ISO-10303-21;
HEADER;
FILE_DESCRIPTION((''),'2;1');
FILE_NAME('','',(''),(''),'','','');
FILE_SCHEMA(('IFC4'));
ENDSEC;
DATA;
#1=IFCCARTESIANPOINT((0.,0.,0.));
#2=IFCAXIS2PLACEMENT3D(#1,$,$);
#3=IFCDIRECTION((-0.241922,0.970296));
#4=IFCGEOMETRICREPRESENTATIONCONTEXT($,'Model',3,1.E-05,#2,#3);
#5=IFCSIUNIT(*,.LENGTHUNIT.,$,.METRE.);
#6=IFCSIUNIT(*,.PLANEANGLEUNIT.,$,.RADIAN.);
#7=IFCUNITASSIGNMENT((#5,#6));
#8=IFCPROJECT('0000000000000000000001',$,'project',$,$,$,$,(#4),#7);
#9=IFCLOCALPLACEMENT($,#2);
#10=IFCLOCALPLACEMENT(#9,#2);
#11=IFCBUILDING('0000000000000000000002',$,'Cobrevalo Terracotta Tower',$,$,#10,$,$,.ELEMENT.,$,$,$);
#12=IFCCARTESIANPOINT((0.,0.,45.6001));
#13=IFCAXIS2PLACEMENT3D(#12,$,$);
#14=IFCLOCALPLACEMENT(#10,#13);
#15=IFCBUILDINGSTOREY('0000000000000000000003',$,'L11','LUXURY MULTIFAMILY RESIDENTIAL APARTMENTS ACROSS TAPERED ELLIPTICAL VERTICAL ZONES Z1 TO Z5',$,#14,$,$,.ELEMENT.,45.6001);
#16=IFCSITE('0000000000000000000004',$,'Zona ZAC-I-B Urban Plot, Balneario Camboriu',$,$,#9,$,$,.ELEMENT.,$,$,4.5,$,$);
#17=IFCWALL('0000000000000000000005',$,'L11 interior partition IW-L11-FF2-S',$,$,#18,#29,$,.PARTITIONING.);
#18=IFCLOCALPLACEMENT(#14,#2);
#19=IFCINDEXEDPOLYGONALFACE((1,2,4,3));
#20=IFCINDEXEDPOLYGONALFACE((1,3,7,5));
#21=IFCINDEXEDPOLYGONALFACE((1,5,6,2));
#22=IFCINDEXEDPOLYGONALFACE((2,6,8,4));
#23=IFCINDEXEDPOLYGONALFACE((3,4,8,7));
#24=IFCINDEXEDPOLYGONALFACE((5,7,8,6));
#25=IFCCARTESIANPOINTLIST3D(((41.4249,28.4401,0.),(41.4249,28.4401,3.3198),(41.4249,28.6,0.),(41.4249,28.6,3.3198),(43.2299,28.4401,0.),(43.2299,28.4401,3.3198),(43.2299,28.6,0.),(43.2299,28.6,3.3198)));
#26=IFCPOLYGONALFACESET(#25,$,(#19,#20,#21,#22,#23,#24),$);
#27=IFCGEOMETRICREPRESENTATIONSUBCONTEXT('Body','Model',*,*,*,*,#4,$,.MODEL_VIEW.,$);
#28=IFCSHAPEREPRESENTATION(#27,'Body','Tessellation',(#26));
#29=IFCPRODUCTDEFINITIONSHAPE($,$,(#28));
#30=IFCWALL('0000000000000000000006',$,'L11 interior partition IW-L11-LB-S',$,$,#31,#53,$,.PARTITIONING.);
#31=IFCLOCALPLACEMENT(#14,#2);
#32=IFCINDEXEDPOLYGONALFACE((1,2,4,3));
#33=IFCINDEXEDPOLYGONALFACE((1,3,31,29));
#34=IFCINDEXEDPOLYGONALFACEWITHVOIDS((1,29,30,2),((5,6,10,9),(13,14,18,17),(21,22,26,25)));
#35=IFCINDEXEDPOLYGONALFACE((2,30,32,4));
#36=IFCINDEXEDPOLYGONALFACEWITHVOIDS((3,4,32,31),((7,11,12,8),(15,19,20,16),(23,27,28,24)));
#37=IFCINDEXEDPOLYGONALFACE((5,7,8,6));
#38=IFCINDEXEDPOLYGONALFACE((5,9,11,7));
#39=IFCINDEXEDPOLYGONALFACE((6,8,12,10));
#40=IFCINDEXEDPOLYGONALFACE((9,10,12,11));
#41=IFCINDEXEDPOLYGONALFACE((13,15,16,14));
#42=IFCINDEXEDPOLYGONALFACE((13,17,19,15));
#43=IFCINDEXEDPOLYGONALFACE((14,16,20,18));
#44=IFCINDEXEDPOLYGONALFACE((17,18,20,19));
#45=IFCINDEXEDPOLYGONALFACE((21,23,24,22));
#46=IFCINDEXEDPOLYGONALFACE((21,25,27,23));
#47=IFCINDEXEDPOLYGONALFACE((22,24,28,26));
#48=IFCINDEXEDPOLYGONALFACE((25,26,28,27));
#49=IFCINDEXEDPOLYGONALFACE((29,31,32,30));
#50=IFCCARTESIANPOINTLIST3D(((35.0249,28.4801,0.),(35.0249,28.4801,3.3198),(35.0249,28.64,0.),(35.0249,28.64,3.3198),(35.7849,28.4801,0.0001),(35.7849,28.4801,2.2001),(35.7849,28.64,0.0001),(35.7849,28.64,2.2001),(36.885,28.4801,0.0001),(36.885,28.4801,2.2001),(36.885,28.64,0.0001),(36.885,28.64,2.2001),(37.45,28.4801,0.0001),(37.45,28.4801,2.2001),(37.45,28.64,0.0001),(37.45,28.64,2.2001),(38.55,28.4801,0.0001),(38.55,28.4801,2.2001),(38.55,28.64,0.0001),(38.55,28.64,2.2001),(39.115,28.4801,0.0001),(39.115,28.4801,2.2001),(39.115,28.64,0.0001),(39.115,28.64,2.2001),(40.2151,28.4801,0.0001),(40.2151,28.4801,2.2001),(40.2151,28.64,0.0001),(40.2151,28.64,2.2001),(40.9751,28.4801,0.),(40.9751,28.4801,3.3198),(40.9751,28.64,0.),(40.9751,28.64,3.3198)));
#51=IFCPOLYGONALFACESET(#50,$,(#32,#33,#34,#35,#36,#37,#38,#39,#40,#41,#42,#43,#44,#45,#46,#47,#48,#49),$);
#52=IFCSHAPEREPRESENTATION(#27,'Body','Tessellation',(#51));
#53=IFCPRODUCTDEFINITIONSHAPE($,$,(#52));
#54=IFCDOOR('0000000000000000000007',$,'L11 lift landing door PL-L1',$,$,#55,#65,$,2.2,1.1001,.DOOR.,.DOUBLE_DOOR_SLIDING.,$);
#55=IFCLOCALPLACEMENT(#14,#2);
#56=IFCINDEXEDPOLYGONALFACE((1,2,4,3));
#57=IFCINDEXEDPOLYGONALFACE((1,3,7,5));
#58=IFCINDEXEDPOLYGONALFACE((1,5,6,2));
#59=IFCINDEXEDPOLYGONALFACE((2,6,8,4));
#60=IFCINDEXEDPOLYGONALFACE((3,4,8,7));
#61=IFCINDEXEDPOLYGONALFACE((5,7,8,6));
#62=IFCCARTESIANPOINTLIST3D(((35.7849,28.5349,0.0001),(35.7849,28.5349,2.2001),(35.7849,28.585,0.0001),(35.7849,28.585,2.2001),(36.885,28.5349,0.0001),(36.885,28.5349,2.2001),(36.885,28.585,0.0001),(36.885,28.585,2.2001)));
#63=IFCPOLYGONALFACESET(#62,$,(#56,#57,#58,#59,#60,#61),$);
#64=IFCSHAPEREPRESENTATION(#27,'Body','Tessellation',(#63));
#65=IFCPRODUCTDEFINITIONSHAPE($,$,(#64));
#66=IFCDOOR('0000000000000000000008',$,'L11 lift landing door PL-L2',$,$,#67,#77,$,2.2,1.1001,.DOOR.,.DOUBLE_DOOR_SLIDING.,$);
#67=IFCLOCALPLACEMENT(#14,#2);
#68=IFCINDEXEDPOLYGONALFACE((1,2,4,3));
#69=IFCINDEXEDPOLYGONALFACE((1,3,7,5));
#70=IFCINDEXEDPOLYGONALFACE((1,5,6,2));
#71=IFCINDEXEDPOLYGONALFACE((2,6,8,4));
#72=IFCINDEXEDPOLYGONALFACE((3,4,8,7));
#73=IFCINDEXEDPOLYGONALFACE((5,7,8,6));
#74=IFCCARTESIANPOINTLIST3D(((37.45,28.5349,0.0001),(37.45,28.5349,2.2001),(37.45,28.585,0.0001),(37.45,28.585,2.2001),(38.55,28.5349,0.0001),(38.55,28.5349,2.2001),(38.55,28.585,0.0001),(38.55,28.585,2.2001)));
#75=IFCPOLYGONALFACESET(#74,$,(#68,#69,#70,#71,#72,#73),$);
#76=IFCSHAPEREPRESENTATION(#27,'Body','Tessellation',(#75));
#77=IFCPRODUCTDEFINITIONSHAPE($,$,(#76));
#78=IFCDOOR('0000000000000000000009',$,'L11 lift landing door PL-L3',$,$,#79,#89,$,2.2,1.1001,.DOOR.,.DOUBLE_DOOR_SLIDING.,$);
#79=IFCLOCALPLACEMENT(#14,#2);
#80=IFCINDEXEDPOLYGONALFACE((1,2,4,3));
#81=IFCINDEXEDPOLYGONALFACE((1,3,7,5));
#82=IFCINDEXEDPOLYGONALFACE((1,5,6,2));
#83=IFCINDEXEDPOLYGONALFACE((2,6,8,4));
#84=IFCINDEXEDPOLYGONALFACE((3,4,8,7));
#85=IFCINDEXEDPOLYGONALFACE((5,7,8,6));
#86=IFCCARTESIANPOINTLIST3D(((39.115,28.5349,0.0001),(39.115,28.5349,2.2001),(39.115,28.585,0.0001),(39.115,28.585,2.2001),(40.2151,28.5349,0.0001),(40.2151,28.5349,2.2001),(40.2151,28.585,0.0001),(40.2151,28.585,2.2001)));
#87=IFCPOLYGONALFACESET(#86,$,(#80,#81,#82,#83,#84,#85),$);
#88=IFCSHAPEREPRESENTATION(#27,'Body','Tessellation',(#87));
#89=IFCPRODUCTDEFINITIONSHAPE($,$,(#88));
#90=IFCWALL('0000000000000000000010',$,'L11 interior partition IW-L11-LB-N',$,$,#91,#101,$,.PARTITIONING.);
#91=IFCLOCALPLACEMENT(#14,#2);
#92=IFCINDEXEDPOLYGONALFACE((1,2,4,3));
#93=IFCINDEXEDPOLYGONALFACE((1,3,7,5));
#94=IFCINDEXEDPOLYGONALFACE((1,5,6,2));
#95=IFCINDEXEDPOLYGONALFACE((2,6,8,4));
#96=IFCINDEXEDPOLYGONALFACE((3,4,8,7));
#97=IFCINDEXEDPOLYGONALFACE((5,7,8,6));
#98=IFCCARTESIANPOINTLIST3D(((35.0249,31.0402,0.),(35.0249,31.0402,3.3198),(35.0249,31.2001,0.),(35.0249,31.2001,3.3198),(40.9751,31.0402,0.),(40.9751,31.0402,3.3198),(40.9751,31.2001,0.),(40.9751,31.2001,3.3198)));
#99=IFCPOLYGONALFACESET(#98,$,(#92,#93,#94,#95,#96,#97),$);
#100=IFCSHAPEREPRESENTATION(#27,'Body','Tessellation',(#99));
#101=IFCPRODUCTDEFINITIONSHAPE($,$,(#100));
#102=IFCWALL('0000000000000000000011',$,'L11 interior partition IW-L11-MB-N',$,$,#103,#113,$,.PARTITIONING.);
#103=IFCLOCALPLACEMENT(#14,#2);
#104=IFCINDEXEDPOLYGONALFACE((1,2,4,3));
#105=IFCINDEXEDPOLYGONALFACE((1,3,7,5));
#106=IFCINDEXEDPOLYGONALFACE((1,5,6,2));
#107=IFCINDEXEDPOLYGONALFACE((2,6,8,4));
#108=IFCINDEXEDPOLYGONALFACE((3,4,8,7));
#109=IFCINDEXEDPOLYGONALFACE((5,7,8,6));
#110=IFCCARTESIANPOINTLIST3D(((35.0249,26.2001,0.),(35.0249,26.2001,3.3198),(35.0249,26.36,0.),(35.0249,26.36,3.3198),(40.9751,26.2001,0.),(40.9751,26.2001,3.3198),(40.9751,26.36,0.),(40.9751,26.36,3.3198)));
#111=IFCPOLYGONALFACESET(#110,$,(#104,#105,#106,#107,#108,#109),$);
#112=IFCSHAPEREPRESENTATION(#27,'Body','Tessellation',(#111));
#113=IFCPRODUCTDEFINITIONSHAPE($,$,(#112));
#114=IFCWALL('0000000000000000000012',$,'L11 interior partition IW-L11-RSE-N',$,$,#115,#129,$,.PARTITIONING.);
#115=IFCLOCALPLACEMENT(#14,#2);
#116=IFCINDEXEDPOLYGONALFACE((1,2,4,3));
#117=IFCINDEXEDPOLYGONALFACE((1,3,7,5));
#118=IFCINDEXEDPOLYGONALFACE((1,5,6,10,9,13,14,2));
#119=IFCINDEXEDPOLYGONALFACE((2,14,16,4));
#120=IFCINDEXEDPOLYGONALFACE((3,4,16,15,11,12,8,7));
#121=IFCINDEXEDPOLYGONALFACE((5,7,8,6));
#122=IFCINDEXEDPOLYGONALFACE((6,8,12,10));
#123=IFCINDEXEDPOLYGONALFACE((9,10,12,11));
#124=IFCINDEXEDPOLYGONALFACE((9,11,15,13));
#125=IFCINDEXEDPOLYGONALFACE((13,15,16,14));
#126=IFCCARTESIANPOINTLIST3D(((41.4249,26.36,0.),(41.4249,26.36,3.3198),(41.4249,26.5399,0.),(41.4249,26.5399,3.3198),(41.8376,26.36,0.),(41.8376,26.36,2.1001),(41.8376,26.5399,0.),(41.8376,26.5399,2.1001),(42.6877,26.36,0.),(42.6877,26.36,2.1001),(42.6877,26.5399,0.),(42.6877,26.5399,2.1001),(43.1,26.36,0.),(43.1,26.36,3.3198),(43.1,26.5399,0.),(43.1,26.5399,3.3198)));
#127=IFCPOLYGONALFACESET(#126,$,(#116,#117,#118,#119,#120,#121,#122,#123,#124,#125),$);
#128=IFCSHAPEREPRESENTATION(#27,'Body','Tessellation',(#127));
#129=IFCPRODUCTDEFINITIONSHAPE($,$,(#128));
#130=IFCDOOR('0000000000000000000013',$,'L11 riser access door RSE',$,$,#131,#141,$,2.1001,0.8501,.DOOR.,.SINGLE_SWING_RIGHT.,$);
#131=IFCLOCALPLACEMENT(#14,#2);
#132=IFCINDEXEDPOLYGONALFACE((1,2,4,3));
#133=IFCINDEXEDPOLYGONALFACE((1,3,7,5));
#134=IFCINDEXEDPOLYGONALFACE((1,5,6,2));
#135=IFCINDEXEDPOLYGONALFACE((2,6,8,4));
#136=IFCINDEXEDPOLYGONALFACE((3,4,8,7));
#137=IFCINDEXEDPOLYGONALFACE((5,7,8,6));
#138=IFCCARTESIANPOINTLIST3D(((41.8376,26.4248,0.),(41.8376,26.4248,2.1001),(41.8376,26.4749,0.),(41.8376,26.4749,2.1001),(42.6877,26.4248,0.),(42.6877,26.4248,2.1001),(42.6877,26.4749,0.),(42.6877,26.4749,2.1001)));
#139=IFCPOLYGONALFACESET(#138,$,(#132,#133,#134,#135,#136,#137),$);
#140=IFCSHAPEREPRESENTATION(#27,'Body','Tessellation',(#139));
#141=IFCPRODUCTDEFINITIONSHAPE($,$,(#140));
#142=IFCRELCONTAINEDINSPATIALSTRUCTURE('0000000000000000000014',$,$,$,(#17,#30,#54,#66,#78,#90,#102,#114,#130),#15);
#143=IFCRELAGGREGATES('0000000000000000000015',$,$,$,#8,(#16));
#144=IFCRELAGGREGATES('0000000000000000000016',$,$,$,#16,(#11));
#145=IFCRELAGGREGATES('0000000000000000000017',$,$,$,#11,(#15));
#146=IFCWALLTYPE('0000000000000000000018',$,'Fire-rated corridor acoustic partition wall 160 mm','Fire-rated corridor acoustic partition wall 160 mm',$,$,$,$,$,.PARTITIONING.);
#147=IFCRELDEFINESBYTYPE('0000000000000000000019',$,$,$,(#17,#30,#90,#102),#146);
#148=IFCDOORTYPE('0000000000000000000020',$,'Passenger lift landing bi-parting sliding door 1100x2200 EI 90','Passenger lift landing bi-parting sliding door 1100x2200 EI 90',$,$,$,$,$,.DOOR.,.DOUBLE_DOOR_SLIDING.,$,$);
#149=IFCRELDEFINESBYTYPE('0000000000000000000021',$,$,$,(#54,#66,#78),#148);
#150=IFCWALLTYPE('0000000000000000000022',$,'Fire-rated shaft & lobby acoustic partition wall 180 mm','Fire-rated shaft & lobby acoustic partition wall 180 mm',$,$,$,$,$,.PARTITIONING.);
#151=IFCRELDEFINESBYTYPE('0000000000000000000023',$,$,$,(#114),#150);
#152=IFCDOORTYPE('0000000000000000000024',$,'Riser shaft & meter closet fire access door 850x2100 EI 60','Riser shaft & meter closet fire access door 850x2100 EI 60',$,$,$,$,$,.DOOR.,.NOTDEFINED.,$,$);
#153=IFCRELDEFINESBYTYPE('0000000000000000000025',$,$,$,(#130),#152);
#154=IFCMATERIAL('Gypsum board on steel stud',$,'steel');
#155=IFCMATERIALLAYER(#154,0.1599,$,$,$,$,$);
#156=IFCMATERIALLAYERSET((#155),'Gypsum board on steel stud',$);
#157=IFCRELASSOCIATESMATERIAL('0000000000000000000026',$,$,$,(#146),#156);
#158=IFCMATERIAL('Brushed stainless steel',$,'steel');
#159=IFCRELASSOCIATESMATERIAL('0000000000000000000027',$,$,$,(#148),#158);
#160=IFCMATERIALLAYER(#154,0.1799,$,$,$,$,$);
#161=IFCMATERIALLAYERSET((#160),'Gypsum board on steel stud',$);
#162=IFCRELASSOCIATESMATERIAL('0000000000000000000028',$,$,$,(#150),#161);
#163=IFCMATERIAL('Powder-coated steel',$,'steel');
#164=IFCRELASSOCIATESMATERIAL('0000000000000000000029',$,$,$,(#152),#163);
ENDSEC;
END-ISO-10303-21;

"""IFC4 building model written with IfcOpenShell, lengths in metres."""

from ifc_helpers import new_model, si_unit, direction, frame, frame_2d, origin, place, context, subcontext, project, spatial, rectangle, extrude, source, transform, mapped, material, layer, layer_set, type_object, element, fill, save


model = new_model("IFC4")

# Units and contexts
model_context = context("Model", 3, precision=1e-05, world=origin(), true_north=direction((-0.241922, 0.970296)))
body_context = subcontext(model_context, "Body", "Model", "MODEL_VIEW")
ifc_project = project(units=[si_unit("LENGTHUNIT", "METRE"), si_unit("PLANEANGLEUNIT", "RADIAN")], contexts=[model_context])

# Site, building, storey
site_placement = place(None, origin())
site = spatial("IfcSite", under=ifc_project, at=site_placement, Name="Zona ZAC-I-B Urban Plot, Balneario Camboriu", CompositionType="ELEMENT", RefElevation=4.5)
building_placement = place(site_placement, origin())
building = spatial("IfcBuilding", under=site, at=building_placement, Name="Cobrevalo Terracotta Tower", CompositionType="ELEMENT")
storey_placement = place(building_placement, frame((0.0, 0.0, 45.6001)))
storey = spatial("IfcBuildingStorey", under=building, at=storey_placement, Name="L11", Description="LUXURY MULTIFAMILY RESIDENTIAL APARTMENTS ACROSS TAPERED ELLIPTICAL VERTICAL ZONES Z1 TO Z5", CompositionType="ELEMENT", Elevation=45.6001)

# Wall
ifc_material_1 = material(Name="Gypsum board on steel stud", Category="steel")
ifc_layer_1 = layer(ifc_material_1, 0.1599)
ifc_layer_set_1 = layer_set([ifc_layer_1], Name="Gypsum board on steel stud")
wall_type_1 = type_object("IfcWallType", Name="Fire-rated corridor acoustic partition wall 160 mm", Description="Fire-rated corridor acoustic partition wall 160 mm", PredefinedType="PARTITIONING", material=ifc_layer_set_1)
wall_1_placement = place(storey_placement, frame((41.425, 28.52, 0.0), z_axis=(0.0, 0.0, 1.0), x_axis=(1.0, 0.0, 0.0)))
element("IfcWall", 1, at=wall_1_placement, inside=storey, type_object=wall_type_1, Name="L11 interior partition IW-L11-FF2-S", PredefinedType="PARTITIONING", context=body_context, shape_type="SweptSolid", body=[
    extrude(rectangle(XDim=1.8049, YDim=0.1599, at=frame_2d((0.9023, 0.0))), origin(), (0.0, 0.0, 1.0), 3.3198),
])

# Wall, openings, doors
wall_2_placement = place(storey_placement, frame((35.0249, 28.5601, 0.0), z_axis=(0.0, 0.0, 1.0), x_axis=(1.0, 0.0, 0.0)))
wall_2 = element("IfcWall", 2, at=wall_2_placement, inside=storey, type_object=wall_type_1, Name="L11 interior partition IW-L11-LB-S", PredefinedType="PARTITIONING", context=body_context, shape_type="SweptSolid", body=[
    extrude(rectangle(XDim=5.9502, YDim=0.1599, at=frame_2d((2.9751, 0.0))), origin(), (0.0, 0.0, 1.0), 3.3198),
])
opening_1_placement = place(wall_2_placement, frame((0.76, 0.0, 0.0)))
opening_1 = element("IfcOpeningElement", 3, at=opening_1_placement, cuts=wall_2, PredefinedType="OPENING", context=body_context, shape_type="SweptSolid", body=[
    extrude(rectangle(XDim=1.1001, YDim=2.2, at=frame_2d((0.55, 1.1001))), frame((0.0, 0.0898, 0.0), z_axis=(0.0, -1.0, 0.0), x_axis=(1.0, 0.0, 0.0)), (0.0, 0.0, 1.0), 0.1799),
])
opening_2_placement = place(wall_2_placement, frame((2.425, 0.0, 0.0)))
opening_2 = element("IfcOpeningElement", 4, at=opening_2_placement, cuts=wall_2, PredefinedType="OPENING", context=body_context, shape_type="SweptSolid", body=[
    extrude(rectangle(XDim=1.1001, YDim=2.2, at=frame_2d((0.55, 1.1001))), frame((0.0, 0.0898, 0.0), z_axis=(0.0, -1.0, 0.0), x_axis=(1.0, 0.0, 0.0)), (0.0, 0.0, 1.0), 0.1799),
])
opening_3_placement = place(wall_2_placement, frame((4.0901, 0.0, 0.0)))
opening_3 = element("IfcOpeningElement", 5, at=opening_3_placement, cuts=wall_2, PredefinedType="OPENING", context=body_context, shape_type="SweptSolid", body=[
    extrude(rectangle(XDim=1.1001, YDim=2.2, at=frame_2d((0.55, 1.1001))), frame((0.0, 0.0898, 0.0), z_axis=(0.0, -1.0, 0.0), x_axis=(1.0, 0.0, 0.0)), (0.0, 0.0, 1.0), 0.1799),
])
ifc_material_2 = material(Name="Brushed stainless steel", Category="steel")
door_type_1 = type_object("IfcDoorType", Name="Passenger lift landing bi-parting sliding door 1100x2200 EI 90", Description="Passenger lift landing bi-parting sliding door 1100x2200 EI 90", OperationType="DOUBLE_DOOR_SLIDING", PredefinedType="DOOR", material=ifc_material_2)
shared_shape_1 = source(origin(), body_context, "Body", "SweptSolid", [
    extrude(rectangle(XDim=1.1001, YDim=2.2, at=frame_2d((0.55, 1.1001))), frame((0.0, 0.0249, 0.0), z_axis=(0.0, -1.0, 0.0), x_axis=(1.0, 0.0, 0.0)), (0.0, 0.0, 1.0), 0.05),
])
door_1_placement = place(opening_1_placement, origin())
door_1 = element("IfcDoor", 6, at=door_1_placement, inside=storey, type_object=door_type_1, Name="L11 lift landing door PL-L1", OperationType="DOUBLE_DOOR_SLIDING", OverallHeight=2.2, OverallWidth=1.1001, PredefinedType="DOOR", context=body_context, shape_type="MappedRepresentation", body=[
    mapped(shared_shape_1, transform((0.0, 0.0, 0.0), scale=1.0)),
])
fill(opening_1, door_1)
door_2_placement = place(opening_2_placement, origin())
door_2 = element("IfcDoor", 7, at=door_2_placement, inside=storey, type_object=door_type_1, Name="L11 lift landing door PL-L2", OperationType="DOUBLE_DOOR_SLIDING", OverallHeight=2.2, OverallWidth=1.1001, PredefinedType="DOOR", context=body_context, shape_type="MappedRepresentation", body=[
    mapped(shared_shape_1, transform((0.0, 0.0, 0.0), scale=1.0)),
])
fill(opening_2, door_2)
door_3_placement = place(opening_3_placement, origin())
door_3 = element("IfcDoor", 8, at=door_3_placement, inside=storey, type_object=door_type_1, Name="L11 lift landing door PL-L3", OperationType="DOUBLE_DOOR_SLIDING", OverallHeight=2.2, OverallWidth=1.1001, PredefinedType="DOOR", context=body_context, shape_type="MappedRepresentation", body=[
    mapped(shared_shape_1, transform((0.0, 0.0, 0.0), scale=1.0)),
])
fill(opening_3, door_3)

# Walls
for number, where, z_axis, x_axis, name in (
    (9, (35.0249, 31.1201, 0.0), (0.0, 0.0, 1.0), (1.0, 0.0, 0.0), "L11 interior partition IW-L11-LB-N"),
    (10, (35.0249, 26.28, 0.0), (0.0, 0.0, 1.0), (1.0, 0.0, 0.0), "L11 interior partition IW-L11-MB-N"),
):
    element("IfcWall", number, at=place(storey_placement, frame(where, z_axis=z_axis, x_axis=x_axis)), inside=storey, type_object=wall_type_1, Name=name, PredefinedType="PARTITIONING", context=body_context, shape_type="SweptSolid", body=[
        extrude(rectangle(XDim=5.9502, YDim=0.1599, at=frame_2d((2.9751, 0.0))), origin(), (0.0, 0.0, 1.0), 3.3198),
    ])

# Wall, opening, door
ifc_layer_2 = layer(ifc_material_1, 0.1799)
ifc_layer_set_2 = layer_set([ifc_layer_2], Name="Gypsum board on steel stud")
wall_type_2 = type_object("IfcWallType", Name="Fire-rated shaft & lobby acoustic partition wall 180 mm", Description="Fire-rated shaft & lobby acoustic partition wall 180 mm", PredefinedType="PARTITIONING", material=ifc_layer_set_2)
wall_3_placement = place(storey_placement, frame((41.425, 26.45, 0.0), z_axis=(0.0, 0.0, 1.0), x_axis=(1.0, 0.0, 0.0)))
wall_3 = element("IfcWall", 11, at=wall_3_placement, inside=storey, type_object=wall_type_2, Name="L11 interior partition IW-L11-RSE-N", PredefinedType="PARTITIONING", context=body_context, shape_type="SweptSolid", body=[
    extrude(rectangle(XDim=1.675, YDim=0.1799, at=frame_2d((0.8374, 0.0))), origin(), (0.0, 0.0, 1.0), 3.3198),
])
opening_4_placement = place(wall_3_placement, frame((0.4126, 0.0, 0.0)))
opening_4 = element("IfcOpeningElement", 12, at=opening_4_placement, cuts=wall_3, PredefinedType="OPENING", context=body_context, shape_type="SweptSolid", body=[
    extrude(rectangle(XDim=0.8501, YDim=2.1001, at=frame_2d((0.425, 1.05))), frame((0.0, 0.1001, 0.0), z_axis=(0.0, -1.0, 0.0), x_axis=(1.0, 0.0, 0.0)), (0.0, 0.0, 1.0), 0.2),
])
ifc_material_3 = material(Name="Powder-coated steel", Category="steel")
door_type_2 = type_object("IfcDoorType", Name="Riser shaft & meter closet fire access door 850x2100 EI 60", Description="Riser shaft & meter closet fire access door 850x2100 EI 60", OperationType="NOTDEFINED", PredefinedType="DOOR", material=ifc_material_3)
shared_shape_2 = source(origin(), body_context, "Body", "SweptSolid", [
    extrude(rectangle(XDim=0.8501, YDim=2.1001, at=frame_2d((0.425, 1.05))), frame((0.0, 0.0249, 0.0), z_axis=(0.0, -1.0, 0.0), x_axis=(1.0, 0.0, 0.0)), (0.0, 0.0, 1.0), 0.05),
])
door_4_placement = place(opening_4_placement, origin())
door_4 = element("IfcDoor", 13, at=door_4_placement, inside=storey, type_object=door_type_2, Name="L11 riser access door RSE", OperationType="SINGLE_SWING_RIGHT", OverallHeight=2.1001, OverallWidth=0.8501, PredefinedType="DOOR", context=body_context, shape_type="MappedRepresentation", body=[
    mapped(shared_shape_2, transform((0.0, 0.0, 0.0), scale=1.0)),
])
fill(opening_4, door_4)

save(model, "model.ifc")
